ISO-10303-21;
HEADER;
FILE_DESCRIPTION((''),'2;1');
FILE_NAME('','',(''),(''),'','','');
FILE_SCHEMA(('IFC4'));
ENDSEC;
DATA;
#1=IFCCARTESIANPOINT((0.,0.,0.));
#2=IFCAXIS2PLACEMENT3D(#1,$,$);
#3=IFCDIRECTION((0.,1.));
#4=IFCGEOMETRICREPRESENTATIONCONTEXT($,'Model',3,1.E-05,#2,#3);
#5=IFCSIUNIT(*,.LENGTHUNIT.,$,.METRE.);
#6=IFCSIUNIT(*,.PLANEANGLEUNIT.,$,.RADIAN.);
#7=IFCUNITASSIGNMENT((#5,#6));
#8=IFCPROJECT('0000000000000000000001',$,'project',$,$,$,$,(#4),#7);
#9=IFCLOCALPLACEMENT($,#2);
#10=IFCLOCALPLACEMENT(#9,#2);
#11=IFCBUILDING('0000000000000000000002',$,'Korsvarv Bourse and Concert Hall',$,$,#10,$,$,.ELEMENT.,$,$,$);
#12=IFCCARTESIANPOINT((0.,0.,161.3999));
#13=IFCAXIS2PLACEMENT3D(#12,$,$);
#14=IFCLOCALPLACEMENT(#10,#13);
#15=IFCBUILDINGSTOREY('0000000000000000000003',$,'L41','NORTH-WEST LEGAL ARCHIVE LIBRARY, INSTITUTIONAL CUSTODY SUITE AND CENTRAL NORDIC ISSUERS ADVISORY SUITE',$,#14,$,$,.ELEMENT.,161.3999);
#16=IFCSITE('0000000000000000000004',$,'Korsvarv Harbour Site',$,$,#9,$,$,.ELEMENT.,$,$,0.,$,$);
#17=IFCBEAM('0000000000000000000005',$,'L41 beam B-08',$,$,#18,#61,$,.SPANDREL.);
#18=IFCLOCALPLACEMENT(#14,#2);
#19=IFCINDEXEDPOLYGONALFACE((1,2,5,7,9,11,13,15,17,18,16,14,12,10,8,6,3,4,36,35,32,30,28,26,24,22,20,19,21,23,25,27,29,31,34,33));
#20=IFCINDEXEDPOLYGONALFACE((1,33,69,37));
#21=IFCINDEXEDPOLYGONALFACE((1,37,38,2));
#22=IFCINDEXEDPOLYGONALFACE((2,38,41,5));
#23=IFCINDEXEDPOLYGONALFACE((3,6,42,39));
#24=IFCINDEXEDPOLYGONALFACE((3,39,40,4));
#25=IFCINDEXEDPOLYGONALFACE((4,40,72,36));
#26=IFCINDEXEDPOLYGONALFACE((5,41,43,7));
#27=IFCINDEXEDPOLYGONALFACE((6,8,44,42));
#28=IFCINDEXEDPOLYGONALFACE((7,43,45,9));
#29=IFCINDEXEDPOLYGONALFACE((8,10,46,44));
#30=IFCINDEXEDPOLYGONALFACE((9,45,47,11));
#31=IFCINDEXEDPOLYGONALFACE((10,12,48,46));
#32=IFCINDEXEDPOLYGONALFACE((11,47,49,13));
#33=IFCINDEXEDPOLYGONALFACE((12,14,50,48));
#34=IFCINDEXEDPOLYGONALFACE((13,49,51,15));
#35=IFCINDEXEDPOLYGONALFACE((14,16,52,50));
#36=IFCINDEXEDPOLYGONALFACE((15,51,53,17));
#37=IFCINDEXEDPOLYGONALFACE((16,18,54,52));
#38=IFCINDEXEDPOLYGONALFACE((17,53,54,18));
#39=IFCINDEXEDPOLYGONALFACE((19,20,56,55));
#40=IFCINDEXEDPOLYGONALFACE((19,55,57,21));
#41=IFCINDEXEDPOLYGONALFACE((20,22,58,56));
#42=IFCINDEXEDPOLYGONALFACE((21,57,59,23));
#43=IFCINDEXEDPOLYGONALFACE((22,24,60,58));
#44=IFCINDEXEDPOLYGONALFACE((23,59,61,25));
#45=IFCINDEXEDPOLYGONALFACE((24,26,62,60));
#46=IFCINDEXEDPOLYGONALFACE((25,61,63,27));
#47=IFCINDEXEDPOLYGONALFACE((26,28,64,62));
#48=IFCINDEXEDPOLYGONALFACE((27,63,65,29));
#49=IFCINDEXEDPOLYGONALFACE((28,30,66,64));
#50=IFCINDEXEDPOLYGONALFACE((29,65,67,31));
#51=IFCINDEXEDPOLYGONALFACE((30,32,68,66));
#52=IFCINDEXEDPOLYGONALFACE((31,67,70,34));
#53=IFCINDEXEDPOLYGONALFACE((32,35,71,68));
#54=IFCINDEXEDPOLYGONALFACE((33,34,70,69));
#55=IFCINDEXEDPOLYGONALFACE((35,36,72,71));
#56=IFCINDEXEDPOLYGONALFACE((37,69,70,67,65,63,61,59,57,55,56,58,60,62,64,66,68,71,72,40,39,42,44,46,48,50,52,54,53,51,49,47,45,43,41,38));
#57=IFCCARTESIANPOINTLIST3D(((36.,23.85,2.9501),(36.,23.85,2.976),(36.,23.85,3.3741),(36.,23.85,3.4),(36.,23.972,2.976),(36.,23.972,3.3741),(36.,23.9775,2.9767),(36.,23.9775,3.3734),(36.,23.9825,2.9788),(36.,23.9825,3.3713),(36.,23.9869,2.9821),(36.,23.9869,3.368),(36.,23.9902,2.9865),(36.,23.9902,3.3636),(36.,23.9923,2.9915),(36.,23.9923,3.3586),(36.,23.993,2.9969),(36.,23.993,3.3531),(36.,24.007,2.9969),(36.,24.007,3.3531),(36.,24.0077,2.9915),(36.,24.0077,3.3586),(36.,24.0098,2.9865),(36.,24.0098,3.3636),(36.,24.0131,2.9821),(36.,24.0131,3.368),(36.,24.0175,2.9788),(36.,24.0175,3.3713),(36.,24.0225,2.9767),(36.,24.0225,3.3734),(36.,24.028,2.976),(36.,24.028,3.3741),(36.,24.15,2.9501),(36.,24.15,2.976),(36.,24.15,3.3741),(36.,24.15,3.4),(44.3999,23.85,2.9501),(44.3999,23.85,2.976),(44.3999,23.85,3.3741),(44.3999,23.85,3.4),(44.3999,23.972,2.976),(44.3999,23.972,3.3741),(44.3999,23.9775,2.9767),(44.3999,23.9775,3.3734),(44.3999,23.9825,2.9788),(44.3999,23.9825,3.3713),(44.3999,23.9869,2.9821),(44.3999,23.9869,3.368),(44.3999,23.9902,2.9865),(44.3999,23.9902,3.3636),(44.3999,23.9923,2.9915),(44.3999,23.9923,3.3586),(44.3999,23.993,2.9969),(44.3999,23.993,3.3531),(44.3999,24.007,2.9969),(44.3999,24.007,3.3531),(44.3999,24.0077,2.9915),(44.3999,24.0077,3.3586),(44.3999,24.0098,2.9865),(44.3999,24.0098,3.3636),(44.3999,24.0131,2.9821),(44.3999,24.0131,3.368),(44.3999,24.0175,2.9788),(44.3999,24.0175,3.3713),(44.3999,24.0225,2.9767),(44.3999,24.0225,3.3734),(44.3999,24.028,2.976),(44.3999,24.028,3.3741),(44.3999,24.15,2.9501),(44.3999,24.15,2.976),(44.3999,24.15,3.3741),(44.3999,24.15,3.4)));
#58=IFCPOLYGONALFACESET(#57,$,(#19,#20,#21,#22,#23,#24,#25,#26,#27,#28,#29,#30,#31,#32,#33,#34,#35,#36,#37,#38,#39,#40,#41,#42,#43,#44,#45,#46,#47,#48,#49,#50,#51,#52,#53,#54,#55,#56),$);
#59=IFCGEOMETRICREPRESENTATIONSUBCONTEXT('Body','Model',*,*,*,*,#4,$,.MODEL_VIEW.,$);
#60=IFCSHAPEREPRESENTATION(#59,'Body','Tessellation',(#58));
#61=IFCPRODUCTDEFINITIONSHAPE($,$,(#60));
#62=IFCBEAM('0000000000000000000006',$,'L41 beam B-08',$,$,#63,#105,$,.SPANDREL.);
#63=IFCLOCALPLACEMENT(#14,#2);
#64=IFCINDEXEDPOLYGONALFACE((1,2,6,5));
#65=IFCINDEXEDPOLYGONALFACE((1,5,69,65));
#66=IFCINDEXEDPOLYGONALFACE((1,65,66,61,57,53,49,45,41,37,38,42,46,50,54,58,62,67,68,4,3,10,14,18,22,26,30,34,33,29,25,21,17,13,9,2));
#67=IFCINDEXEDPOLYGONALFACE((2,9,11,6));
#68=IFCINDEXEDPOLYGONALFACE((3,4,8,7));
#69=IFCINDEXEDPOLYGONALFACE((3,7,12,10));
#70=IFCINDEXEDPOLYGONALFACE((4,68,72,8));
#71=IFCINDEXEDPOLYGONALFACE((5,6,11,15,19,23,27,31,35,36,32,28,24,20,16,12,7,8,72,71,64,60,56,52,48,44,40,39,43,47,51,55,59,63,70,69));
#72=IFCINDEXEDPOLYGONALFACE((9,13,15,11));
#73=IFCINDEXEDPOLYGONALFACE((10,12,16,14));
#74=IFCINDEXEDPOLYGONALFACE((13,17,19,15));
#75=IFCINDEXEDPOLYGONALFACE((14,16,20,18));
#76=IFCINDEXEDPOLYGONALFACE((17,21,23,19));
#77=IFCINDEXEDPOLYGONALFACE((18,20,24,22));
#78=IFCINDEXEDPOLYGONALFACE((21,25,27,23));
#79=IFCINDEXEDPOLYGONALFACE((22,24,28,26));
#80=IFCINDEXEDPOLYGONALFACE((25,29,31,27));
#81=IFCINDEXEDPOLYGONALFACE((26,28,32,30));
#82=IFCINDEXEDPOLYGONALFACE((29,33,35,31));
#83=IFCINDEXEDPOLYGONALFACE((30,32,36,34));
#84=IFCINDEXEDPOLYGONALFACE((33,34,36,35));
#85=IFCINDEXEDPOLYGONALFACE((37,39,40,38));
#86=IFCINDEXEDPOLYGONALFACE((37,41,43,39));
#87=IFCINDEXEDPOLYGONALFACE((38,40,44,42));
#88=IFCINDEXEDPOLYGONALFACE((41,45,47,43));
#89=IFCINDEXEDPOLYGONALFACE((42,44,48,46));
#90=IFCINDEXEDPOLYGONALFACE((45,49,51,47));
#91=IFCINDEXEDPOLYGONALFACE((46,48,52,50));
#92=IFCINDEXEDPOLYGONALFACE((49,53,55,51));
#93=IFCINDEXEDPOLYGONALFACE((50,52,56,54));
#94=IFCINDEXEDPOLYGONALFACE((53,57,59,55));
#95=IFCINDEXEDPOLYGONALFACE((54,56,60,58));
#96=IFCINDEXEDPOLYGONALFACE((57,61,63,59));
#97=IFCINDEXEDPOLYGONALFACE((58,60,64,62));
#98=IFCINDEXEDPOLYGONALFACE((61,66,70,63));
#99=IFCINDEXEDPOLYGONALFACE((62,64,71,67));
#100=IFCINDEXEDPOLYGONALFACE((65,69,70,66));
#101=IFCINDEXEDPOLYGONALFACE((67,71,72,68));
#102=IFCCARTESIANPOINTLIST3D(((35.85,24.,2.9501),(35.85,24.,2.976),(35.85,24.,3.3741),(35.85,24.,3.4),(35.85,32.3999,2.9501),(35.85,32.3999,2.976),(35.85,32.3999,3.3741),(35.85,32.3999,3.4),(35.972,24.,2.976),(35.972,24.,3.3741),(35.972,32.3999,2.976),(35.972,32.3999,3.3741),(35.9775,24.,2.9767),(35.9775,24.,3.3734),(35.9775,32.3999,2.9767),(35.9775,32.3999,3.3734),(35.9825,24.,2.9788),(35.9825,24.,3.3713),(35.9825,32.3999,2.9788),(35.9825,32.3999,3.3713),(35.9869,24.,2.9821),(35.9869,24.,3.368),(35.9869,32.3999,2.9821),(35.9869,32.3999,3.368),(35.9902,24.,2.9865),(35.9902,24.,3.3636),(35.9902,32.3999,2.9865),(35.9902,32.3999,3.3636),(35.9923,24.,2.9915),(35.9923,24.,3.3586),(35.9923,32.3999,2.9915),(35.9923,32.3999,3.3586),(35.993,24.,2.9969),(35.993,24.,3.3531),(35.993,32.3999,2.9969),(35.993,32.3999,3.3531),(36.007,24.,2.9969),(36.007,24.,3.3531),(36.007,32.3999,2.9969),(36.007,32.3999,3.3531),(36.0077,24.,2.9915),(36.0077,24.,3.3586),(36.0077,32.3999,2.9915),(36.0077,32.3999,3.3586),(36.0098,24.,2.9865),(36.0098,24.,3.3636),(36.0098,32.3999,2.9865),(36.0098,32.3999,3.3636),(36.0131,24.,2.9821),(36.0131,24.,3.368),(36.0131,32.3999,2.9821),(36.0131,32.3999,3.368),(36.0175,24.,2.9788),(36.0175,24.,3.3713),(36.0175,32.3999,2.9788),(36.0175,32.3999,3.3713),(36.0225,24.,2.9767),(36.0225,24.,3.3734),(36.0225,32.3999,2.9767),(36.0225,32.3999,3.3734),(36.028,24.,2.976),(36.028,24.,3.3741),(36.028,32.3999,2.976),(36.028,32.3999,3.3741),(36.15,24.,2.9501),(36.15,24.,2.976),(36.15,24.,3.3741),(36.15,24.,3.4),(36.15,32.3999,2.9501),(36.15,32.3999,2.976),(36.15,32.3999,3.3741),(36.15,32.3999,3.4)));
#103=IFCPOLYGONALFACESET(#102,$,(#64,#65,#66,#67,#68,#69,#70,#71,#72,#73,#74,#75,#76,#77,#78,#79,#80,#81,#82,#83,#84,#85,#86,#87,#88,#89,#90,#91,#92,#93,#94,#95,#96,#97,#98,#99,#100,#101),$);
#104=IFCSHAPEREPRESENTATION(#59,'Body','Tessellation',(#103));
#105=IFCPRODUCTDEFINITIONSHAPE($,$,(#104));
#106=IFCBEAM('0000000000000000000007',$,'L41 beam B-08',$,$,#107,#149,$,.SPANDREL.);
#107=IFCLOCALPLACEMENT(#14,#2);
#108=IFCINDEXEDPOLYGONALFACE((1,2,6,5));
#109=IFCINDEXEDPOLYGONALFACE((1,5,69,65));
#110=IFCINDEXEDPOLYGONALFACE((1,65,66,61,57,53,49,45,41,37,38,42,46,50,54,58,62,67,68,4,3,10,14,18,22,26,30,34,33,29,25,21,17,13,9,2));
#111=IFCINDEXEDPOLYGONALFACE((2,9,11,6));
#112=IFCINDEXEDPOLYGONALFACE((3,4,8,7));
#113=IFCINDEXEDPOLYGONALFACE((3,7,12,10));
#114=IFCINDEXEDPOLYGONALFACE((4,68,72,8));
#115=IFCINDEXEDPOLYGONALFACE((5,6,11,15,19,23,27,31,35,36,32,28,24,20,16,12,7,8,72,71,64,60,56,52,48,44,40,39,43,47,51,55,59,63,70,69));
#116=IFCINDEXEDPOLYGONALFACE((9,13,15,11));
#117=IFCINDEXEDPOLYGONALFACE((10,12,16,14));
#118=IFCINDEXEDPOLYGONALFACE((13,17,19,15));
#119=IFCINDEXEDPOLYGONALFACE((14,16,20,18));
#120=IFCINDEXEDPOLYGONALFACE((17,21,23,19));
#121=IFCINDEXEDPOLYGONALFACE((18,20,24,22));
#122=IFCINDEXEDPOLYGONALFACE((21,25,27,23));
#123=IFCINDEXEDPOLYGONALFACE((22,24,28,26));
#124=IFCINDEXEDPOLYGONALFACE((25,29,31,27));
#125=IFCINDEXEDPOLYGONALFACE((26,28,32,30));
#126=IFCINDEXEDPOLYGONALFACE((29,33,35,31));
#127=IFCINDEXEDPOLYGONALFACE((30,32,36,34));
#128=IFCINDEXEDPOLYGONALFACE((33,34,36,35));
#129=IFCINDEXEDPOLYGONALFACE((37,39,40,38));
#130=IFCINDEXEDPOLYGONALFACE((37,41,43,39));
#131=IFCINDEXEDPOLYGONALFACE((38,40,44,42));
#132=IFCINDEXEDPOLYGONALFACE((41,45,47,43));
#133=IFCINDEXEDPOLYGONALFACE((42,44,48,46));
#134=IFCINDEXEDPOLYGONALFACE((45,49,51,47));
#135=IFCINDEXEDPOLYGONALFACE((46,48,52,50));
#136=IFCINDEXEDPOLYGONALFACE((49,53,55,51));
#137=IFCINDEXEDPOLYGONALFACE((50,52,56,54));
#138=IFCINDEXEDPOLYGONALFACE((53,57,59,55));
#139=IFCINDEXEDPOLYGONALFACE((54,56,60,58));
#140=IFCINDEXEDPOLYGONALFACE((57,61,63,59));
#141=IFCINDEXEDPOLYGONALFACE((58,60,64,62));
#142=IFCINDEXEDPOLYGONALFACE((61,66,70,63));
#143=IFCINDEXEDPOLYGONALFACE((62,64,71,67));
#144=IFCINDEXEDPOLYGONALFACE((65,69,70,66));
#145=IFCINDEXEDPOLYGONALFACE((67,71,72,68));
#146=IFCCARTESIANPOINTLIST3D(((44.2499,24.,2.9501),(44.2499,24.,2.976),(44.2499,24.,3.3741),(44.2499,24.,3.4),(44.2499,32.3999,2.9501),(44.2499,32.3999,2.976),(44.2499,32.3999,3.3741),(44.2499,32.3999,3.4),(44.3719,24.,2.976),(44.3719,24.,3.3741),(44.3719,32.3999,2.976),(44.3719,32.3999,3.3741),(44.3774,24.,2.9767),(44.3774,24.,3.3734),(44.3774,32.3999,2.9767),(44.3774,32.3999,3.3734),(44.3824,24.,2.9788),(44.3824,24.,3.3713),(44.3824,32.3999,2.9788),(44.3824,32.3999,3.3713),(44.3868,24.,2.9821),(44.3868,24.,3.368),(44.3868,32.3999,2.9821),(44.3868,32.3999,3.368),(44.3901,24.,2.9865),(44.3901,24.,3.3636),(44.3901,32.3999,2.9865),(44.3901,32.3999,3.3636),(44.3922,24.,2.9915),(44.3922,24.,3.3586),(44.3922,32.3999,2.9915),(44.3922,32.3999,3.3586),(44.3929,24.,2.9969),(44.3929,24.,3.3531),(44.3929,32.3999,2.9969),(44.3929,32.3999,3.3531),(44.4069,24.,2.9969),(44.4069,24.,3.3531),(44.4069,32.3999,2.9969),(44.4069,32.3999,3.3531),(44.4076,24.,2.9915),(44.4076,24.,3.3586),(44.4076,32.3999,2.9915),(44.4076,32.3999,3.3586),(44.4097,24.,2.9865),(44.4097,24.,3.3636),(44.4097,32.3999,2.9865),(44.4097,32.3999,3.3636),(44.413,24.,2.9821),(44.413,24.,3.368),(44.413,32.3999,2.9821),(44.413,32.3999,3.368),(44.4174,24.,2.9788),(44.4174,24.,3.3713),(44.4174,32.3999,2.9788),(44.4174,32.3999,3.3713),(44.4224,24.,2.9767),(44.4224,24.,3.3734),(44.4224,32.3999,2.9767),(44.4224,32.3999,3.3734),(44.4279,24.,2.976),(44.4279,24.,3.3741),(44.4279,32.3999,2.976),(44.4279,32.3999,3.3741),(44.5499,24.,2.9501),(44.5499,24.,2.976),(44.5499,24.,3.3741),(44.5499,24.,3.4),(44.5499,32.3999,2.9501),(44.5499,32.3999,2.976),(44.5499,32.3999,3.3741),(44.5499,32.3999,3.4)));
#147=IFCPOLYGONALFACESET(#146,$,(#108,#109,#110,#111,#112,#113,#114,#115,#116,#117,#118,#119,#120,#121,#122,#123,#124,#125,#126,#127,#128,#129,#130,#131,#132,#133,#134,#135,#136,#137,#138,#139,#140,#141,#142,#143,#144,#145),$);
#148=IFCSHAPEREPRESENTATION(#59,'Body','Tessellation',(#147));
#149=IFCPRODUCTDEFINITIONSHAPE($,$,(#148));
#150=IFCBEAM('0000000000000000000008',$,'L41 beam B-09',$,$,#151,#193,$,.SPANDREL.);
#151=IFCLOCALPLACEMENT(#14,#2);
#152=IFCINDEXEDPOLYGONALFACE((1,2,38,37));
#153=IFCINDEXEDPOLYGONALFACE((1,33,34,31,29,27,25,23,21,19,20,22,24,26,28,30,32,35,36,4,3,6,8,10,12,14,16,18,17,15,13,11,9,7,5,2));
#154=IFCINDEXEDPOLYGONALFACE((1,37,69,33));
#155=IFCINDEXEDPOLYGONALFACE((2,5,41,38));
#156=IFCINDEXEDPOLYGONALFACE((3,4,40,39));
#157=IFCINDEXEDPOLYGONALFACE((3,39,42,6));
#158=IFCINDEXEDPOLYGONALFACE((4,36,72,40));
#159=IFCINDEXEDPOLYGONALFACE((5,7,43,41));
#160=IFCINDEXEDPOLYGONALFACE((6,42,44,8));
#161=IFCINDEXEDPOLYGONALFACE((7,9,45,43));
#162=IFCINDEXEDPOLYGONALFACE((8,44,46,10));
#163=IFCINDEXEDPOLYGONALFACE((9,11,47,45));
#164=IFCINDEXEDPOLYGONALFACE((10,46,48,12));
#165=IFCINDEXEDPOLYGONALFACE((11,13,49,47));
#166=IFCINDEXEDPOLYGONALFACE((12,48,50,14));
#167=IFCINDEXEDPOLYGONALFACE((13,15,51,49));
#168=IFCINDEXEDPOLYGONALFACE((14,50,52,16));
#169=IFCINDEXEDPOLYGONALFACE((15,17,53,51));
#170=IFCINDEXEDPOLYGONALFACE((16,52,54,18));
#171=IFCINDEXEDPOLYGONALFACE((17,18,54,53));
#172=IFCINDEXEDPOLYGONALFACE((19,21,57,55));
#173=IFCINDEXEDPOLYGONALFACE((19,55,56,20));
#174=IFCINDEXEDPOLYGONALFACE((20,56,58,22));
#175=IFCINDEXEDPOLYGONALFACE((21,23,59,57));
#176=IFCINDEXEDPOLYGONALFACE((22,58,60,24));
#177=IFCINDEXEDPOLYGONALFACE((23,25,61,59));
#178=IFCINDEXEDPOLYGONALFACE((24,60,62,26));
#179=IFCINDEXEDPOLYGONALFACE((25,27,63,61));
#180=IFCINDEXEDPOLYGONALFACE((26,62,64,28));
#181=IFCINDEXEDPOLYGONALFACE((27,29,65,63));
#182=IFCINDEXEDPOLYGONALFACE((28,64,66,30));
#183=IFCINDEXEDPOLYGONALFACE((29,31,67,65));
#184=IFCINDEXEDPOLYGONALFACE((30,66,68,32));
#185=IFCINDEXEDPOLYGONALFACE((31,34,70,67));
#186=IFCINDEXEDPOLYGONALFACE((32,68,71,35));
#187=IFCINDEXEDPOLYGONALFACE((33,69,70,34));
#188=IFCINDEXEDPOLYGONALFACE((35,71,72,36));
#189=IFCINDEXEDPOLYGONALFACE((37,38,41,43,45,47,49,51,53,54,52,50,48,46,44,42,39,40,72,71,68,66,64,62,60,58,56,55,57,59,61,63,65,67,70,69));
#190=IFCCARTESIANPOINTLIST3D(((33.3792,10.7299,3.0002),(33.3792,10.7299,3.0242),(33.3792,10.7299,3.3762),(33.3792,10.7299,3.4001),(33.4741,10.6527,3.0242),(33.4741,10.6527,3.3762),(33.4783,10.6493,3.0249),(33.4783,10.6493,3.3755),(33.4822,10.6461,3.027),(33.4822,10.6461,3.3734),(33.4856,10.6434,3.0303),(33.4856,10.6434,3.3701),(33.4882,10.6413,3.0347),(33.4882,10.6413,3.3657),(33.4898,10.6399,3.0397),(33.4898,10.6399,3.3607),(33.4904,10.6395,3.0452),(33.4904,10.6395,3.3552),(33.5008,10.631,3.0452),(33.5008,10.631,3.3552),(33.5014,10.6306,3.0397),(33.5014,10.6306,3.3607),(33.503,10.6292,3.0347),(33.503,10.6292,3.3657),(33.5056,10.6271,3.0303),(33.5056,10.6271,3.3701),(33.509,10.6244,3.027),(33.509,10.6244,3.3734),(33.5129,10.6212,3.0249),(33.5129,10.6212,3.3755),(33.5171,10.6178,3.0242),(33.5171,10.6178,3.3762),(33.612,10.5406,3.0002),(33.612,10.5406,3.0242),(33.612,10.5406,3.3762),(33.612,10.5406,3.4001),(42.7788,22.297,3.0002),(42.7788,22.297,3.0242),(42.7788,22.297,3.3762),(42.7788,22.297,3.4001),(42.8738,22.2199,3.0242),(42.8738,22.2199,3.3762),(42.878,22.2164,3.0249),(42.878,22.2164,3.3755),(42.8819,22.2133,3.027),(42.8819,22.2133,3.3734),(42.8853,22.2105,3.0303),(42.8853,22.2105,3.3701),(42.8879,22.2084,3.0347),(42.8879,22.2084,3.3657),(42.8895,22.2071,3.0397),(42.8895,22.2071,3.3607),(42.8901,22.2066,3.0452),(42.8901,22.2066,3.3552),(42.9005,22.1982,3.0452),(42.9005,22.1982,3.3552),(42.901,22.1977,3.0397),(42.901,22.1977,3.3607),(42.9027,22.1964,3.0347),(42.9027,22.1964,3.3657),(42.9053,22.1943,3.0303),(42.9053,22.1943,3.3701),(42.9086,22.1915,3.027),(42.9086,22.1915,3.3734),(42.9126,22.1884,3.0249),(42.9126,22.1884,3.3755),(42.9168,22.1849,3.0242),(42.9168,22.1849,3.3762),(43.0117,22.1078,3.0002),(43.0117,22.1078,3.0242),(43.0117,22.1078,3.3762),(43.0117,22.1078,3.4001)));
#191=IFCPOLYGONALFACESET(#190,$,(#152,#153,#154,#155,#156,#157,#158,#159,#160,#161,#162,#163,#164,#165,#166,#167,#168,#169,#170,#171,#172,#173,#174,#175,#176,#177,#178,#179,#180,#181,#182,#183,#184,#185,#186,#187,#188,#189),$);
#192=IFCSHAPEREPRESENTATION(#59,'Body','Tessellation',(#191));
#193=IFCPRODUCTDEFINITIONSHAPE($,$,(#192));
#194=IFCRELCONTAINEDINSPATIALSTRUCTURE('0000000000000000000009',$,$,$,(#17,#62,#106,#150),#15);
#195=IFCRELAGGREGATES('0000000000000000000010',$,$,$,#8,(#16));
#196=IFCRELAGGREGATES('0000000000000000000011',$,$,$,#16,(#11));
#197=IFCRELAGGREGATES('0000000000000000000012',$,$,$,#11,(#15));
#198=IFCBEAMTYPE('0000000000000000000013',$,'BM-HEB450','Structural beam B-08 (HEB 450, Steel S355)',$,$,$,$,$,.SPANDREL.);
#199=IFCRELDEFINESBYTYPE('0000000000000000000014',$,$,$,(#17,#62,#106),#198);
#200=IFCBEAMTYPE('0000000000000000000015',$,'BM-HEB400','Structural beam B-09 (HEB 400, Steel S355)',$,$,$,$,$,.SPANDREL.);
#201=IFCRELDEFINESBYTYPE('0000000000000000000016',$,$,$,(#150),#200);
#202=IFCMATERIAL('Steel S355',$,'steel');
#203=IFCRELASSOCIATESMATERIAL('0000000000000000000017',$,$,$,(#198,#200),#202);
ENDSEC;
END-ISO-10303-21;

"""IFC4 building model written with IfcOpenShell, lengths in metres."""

from ifc_helpers import new_model, si_unit, direction, frame, origin, origin_2d, place, context, subcontext, project, spatial, i_section, extrude, source, transform, mapped, material, material_profile, profile_set, type_object, element, save


model = new_model("IFC4")

# Units and contexts
model_context = context("Model", 3, precision=1e-05, world=origin(), true_north=direction((0.0, 1.0)))
body_context = subcontext(model_context, "Body", "Model", "MODEL_VIEW")
ifc_project = project(units=[si_unit("LENGTHUNIT", "METRE"), si_unit("PLANEANGLEUNIT", "RADIAN")], contexts=[model_context])

# Site, building, storey
site_placement = place(None, origin())
site = spatial("IfcSite", under=ifc_project, at=site_placement, Name="Korsvarv Harbour Site", CompositionType="ELEMENT", RefElevation=0.0)
building_placement = place(site_placement, origin())
building = spatial("IfcBuilding", under=site, at=building_placement, Name="Korsvarv Bourse and Concert Hall", CompositionType="ELEMENT")
storey_placement = place(building_placement, frame((0.0, 0.0, 161.3999)))
storey = spatial("IfcBuildingStorey", under=building, at=storey_placement, Name="L41", Description="NORTH-WEST LEGAL ARCHIVE LIBRARY, INSTITUTIONAL CUSTODY SUITE AND CENTRAL NORDIC ISSUERS ADVISORY SUITE", CompositionType="ELEMENT", Elevation=161.3999)

# Shared definitions
ifc_material_1 = material(Name="Steel S355", Category="steel")

# Beams
ifc_material_profile_1 = material_profile(ifc_material_1, i_section(OverallWidth=0.3, OverallDepth=0.45, WebThickness=0.0139, FlangeThickness=0.0259, FilletRadius=0.021, at=origin_2d()), Name="HEB 450")
ifc_profile_set_1 = profile_set([ifc_material_profile_1], Name="Steel S355")
beam_type_1 = type_object("IfcBeamType", Name="BM-HEB450", Description="Structural beam B-08 (HEB 450, Steel S355)", PredefinedType="SPANDREL", material=ifc_profile_set_1)
shared_shape_1 = source(origin(), body_context, "Body", "SweptSolid", [
    extrude(i_section(OverallWidth=0.3, OverallDepth=0.45, WebThickness=0.0139, FlangeThickness=0.0259, FilletRadius=0.021, at=origin_2d()), origin(), (0.0, 0.0, 1.0), 8.3999),
])
for number, where, z_axis, x_axis, name in (
    (1, (36.0, 24.0, 3.175), (1.0, 0.0, 0.0), (0.0, 1.0, 0.0), "L41 beam B-08"),
    (2, (36.0, 24.0, 3.175), (0.0, 1.0, 0.0), (-1.0, 0.0, 0.0), "L41 beam B-08"),
    (3, (44.3999, 24.0, 3.175), (0.0, 1.0, 0.0), (-1.0, 0.0, 0.0), "L41 beam B-08"),
):
    element("IfcBeam", number, at=place(storey_placement, frame(where, z_axis=z_axis, x_axis=x_axis)), inside=storey, type_object=beam_type_1, Name=name, PredefinedType="SPANDREL", context=body_context, shape_type="MappedRepresentation", body=[
        mapped(shared_shape_1, transform((0.0, 0.0, 0.0), scale=1.0)),
    ])
ifc_material_profile_2 = material_profile(ifc_material_1, i_section(OverallWidth=0.3, OverallDepth=0.3999, WebThickness=0.0134, FlangeThickness=0.0239, FilletRadius=0.021, at=origin_2d()), Name="HEB 400")
ifc_profile_set_2 = profile_set([ifc_material_profile_2], Name="Steel S355")
beam_type_2 = type_object("IfcBeamType", Name="BM-HEB400", Description="Structural beam B-09 (HEB 400, Steel S355)", PredefinedType="SPANDREL", material=ifc_profile_set_2)
shared_shape_2 = source(origin(), body_context, "Body", "SweptSolid", [
    extrude(i_section(OverallWidth=0.3, OverallDepth=0.3999, WebThickness=0.0134, FlangeThickness=0.0239, FilletRadius=0.021, at=origin_2d()), origin(), (0.0, 0.0, 1.0), 14.9048),
])
beam_1_placement = place(storey_placement, frame((33.4956, 10.6353, 3.2002), z_axis=(0.630648, 0.776069, 0.0), x_axis=(-0.776069, 0.630648, 0.0)))
element("IfcBeam", 4, at=beam_1_placement, inside=storey, type_object=beam_type_2, Name="L41 beam B-09", PredefinedType="SPANDREL", context=body_context, shape_type="MappedRepresentation", body=[
    mapped(shared_shape_2, transform((0.0, 0.0, 0.0), scale=1.0)),
])

save(model, "model.ifc")
